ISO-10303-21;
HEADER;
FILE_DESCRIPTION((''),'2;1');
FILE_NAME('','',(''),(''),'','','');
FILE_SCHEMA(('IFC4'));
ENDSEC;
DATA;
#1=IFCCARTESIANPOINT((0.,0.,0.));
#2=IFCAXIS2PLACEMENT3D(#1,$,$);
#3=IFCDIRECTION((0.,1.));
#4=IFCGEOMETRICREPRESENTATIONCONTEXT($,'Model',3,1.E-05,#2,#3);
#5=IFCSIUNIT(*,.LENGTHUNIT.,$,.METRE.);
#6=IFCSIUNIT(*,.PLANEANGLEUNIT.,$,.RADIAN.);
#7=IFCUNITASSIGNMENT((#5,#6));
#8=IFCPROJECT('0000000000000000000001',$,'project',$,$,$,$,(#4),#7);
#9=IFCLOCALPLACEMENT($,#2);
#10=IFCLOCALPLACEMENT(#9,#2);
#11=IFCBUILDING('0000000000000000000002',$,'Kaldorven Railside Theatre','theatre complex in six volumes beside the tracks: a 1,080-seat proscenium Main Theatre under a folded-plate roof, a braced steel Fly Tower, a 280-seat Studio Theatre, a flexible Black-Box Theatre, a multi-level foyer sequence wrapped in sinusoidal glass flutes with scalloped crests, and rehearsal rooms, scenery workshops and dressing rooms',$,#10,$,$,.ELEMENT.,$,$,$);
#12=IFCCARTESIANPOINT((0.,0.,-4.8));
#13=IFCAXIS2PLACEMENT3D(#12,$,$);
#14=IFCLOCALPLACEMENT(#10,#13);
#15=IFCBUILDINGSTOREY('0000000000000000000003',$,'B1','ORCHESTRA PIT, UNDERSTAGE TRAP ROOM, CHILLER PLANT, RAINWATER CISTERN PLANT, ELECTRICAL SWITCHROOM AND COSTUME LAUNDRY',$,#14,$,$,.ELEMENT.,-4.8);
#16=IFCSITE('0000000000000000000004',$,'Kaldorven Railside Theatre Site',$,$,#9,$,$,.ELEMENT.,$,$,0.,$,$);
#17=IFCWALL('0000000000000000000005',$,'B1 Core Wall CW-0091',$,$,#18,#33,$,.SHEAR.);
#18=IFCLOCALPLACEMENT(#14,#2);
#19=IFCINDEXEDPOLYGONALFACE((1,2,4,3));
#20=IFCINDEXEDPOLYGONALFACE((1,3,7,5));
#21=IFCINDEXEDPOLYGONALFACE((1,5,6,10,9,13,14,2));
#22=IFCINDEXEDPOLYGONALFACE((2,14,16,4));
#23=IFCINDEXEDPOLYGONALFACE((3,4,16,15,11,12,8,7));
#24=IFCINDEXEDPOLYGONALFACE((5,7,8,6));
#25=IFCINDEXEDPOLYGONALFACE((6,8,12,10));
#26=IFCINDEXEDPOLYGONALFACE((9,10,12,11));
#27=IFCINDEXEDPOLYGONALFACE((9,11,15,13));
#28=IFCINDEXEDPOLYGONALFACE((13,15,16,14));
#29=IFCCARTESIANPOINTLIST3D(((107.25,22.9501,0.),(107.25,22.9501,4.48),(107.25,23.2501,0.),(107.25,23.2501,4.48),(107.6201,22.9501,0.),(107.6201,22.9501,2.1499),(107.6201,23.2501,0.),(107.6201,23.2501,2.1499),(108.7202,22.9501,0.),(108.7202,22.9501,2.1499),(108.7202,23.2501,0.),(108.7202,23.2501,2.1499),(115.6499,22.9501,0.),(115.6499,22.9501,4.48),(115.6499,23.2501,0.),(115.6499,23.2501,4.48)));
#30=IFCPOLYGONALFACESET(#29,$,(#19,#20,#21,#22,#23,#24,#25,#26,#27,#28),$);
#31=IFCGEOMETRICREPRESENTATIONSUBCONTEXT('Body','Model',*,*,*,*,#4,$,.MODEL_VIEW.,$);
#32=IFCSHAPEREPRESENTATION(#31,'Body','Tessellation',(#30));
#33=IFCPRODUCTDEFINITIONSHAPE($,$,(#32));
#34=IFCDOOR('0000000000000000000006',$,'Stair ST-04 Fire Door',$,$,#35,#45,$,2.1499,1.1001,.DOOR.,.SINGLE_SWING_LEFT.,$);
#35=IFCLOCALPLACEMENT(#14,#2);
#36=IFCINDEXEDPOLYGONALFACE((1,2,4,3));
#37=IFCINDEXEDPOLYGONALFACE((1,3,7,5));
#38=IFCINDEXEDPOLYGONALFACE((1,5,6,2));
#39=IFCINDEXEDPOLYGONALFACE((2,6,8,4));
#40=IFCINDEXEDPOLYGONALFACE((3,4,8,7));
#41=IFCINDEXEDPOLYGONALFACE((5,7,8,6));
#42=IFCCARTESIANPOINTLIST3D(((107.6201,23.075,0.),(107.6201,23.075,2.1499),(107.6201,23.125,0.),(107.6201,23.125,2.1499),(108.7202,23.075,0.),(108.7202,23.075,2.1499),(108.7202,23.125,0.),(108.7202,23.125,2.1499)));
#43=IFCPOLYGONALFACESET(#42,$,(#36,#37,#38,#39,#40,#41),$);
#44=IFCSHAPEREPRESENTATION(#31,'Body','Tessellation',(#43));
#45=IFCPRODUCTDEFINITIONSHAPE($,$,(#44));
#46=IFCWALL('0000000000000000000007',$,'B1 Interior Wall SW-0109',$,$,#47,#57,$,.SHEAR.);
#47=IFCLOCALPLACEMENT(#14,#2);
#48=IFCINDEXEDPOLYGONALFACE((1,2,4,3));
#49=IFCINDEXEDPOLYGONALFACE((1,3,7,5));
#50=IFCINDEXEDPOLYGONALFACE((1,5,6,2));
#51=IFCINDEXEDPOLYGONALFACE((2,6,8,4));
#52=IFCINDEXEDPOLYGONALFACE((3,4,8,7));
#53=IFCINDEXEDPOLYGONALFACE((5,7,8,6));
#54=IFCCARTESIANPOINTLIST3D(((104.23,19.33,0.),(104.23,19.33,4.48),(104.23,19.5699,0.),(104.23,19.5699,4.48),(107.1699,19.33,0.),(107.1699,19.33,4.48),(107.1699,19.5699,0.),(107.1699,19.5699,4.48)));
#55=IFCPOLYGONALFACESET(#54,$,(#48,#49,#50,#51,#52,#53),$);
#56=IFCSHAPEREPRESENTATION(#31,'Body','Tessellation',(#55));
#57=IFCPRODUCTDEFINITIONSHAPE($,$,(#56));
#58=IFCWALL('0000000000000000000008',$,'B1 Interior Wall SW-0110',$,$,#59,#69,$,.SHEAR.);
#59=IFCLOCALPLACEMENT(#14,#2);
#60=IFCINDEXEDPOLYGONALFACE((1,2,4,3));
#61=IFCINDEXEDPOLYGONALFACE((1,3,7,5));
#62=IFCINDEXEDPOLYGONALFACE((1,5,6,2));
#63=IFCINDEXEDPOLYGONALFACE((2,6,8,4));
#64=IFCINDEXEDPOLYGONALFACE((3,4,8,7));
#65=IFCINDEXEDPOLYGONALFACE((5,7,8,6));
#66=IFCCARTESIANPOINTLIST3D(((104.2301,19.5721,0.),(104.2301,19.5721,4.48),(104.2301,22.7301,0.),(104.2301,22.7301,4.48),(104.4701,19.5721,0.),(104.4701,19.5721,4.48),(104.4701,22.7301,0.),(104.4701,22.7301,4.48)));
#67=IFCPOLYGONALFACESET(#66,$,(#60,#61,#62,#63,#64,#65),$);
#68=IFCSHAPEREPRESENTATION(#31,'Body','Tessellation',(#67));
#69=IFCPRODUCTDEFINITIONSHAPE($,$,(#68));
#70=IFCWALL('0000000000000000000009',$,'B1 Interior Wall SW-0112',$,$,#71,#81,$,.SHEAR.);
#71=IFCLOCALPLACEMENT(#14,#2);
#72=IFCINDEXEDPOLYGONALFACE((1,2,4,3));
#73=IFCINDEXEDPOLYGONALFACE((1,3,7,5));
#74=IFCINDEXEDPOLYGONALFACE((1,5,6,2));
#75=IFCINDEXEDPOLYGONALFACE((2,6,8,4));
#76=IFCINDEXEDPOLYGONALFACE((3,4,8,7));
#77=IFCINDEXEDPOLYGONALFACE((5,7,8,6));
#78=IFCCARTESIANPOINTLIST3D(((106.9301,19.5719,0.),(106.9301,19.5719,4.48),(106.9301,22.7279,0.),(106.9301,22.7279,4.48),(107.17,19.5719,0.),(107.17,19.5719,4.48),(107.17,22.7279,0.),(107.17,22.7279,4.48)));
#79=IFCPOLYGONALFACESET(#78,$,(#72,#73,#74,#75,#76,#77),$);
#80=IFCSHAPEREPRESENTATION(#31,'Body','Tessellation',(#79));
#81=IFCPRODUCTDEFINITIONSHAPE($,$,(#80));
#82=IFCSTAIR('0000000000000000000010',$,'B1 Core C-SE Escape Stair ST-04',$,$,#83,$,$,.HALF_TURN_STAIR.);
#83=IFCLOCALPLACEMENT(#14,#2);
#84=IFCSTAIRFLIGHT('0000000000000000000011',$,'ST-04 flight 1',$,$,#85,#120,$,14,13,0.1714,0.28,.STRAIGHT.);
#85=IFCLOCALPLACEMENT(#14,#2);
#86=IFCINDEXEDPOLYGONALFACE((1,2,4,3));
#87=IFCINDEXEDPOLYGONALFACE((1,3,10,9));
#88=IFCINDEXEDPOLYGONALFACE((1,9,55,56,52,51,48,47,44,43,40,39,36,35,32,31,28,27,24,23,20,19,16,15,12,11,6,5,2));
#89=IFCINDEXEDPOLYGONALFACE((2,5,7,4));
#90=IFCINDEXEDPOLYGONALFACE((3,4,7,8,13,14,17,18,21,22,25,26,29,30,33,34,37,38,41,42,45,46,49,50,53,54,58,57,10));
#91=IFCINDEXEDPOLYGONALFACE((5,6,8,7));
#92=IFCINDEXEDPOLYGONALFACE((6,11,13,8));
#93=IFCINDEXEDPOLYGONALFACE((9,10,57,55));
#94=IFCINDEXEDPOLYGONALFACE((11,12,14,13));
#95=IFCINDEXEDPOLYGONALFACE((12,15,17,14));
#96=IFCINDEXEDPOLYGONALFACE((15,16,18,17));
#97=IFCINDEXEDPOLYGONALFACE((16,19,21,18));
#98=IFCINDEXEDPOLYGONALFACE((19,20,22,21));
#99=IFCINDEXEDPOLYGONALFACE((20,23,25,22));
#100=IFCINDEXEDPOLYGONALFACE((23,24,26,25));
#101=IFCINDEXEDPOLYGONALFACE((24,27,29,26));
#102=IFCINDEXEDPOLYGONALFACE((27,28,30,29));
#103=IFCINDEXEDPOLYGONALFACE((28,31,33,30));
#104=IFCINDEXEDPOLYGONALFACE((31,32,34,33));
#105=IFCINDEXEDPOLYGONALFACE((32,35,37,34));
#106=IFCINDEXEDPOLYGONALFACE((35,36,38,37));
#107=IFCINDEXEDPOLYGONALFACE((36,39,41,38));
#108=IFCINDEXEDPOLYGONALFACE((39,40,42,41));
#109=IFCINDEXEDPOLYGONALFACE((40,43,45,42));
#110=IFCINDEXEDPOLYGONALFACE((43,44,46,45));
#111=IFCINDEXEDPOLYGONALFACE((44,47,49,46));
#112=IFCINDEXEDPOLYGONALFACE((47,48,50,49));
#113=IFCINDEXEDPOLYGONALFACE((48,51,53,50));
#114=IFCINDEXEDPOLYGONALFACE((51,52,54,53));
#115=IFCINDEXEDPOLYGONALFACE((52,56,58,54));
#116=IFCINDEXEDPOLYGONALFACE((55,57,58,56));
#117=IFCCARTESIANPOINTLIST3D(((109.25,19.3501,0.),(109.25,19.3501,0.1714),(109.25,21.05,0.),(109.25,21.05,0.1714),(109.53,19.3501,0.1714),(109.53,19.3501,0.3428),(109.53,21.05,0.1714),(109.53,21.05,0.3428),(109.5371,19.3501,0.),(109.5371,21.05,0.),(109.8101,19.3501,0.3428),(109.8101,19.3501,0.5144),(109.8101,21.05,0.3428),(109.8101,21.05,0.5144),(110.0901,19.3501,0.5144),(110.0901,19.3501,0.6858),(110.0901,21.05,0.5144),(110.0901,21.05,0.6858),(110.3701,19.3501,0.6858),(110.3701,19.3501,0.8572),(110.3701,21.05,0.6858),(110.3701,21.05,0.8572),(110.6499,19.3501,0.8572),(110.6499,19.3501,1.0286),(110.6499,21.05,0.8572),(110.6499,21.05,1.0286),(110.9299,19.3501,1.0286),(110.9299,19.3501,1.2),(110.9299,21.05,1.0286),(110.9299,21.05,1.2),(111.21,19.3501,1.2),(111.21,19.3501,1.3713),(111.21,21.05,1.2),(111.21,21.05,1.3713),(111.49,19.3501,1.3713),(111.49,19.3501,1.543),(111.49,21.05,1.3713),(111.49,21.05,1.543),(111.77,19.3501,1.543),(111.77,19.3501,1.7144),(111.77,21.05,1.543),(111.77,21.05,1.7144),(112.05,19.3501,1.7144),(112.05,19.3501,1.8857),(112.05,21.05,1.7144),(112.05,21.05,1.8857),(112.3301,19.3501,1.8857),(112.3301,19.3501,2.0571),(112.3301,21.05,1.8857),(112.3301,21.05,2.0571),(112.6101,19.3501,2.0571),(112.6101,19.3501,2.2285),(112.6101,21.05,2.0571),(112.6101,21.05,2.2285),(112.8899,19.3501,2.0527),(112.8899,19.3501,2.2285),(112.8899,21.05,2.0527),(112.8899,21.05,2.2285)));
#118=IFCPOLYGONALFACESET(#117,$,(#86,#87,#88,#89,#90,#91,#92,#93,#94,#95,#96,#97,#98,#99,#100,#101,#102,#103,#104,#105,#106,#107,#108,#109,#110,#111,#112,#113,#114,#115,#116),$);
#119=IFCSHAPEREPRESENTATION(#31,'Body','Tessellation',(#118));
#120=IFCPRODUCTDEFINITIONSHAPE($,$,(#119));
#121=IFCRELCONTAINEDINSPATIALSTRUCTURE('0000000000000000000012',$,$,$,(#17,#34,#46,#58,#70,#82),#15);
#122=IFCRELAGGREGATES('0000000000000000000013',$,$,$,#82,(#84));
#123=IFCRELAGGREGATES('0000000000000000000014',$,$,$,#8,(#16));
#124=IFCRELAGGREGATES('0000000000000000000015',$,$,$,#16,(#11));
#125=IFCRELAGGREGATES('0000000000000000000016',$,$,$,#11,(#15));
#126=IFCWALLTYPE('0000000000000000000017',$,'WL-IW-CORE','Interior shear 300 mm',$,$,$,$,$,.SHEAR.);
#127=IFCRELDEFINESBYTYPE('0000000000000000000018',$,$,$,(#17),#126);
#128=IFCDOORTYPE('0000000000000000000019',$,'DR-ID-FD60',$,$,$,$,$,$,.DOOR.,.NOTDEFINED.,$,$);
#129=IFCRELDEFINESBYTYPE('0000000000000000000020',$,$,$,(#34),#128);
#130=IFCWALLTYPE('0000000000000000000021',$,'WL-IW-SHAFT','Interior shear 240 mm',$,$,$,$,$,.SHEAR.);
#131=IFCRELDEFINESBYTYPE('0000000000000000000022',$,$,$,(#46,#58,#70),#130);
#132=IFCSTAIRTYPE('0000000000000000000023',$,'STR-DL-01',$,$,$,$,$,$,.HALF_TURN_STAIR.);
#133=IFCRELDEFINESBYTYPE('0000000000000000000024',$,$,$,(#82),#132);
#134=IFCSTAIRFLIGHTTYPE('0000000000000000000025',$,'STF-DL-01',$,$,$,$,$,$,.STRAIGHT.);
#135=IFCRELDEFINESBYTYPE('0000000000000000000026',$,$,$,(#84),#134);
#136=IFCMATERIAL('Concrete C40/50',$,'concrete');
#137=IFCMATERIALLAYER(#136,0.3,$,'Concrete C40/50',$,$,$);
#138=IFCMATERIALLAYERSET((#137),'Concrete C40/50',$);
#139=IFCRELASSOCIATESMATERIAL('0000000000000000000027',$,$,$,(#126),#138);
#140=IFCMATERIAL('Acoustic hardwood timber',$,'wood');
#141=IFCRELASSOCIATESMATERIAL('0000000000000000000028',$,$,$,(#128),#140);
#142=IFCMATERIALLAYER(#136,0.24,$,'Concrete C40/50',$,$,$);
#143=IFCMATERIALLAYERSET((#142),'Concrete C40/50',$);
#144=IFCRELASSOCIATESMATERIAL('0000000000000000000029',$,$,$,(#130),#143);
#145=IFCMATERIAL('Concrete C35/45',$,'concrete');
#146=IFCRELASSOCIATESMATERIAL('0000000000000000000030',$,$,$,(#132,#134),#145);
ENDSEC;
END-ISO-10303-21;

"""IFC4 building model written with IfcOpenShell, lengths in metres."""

from ifc_helpers import new_model, si_unit, direction, frame, frame_2d, origin, place, context, subcontext, project, spatial, polyline, rectangle, outline, extrude, material, layer, layer_set, type_object, element, fill, aggregate, save


model = new_model("IFC4")

# Units and contexts
model_context = context("Model", 3, precision=1e-05, world=origin(), true_north=direction((0.0, 1.0)))
body_context = subcontext(model_context, "Body", "Model", "MODEL_VIEW")
ifc_project = project(units=[si_unit("LENGTHUNIT", "METRE"), si_unit("PLANEANGLEUNIT", "RADIAN")], contexts=[model_context])

# Site, building, storey
site_placement = place(None, origin())
site = spatial("IfcSite", under=ifc_project, at=site_placement, Name="Kaldorven Railside Theatre Site", CompositionType="ELEMENT", RefElevation=0.0)
building_placement = place(site_placement, origin())
building = spatial("IfcBuilding", under=site, at=building_placement, Name="Kaldorven Railside Theatre", Description="theatre complex in six volumes beside the tracks: a 1,080-seat proscenium Main Theatre under a folded-plate roof, a braced steel Fly Tower, a 280-seat Studio Theatre, a flexible Black-Box Theatre, a multi-level foyer sequence wrapped in sinusoidal glass flutes with scalloped crests, and rehearsal rooms, scenery workshops and dressing rooms", CompositionType="ELEMENT")
storey_placement = place(building_placement, frame((0.0, 0.0, -4.8)))
storey = spatial("IfcBuildingStorey", under=building, at=storey_placement, Name="B1", Description="ORCHESTRA PIT, UNDERSTAGE TRAP ROOM, CHILLER PLANT, RAINWATER CISTERN PLANT, ELECTRICAL SWITCHROOM AND COSTUME LAUNDRY", CompositionType="ELEMENT", Elevation=-4.8)

# Shared definitions
ifc_material_1 = material(Name="Concrete C40/50", Category="concrete")

# Shared definitions
ifc_material_2 = material(Name="Concrete C35/45", Category="concrete")

# Shared definitions
ifc_layer_1 = layer(ifc_material_1, 0.3, Name="Concrete C40/50")
ifc_layer_set_1 = layer_set([ifc_layer_1], Name="Concrete C40/50")
wall_type_1 = type_object("IfcWallType", Name="WL-IW-CORE", Description="Interior shear 300 mm", PredefinedType="SHEAR", material=ifc_layer_set_1)

# Wall, opening, door
wall_1_placement = place(storey_placement, frame((107.25, 23.1001, 0.0), z_axis=(0.0, 0.0, 1.0), x_axis=(1.0, 0.0, 0.0)))
wall_1 = element("IfcWall", 1, at=wall_1_placement, inside=storey, type_object=wall_type_1, Name="B1 Core Wall CW-0091", PredefinedType="SHEAR", context=body_context, shape_type="SweptSolid", body=[
    extrude(rectangle(XDim=8.3999, YDim=0.3, at=frame_2d((4.2, 0.0))), origin(), (0.0, 0.0, 1.0), 4.48),
])
opening_1_placement = place(wall_1_placement, frame((0.3701, 0.0, 0.0)))
opening_1 = element("IfcOpeningElement", 2, at=opening_1_placement, cuts=wall_1, PredefinedType="OPENING", context=body_context, shape_type="SweptSolid", body=[
    extrude(rectangle(XDim=1.1001, YDim=2.1499, at=frame_2d((0.55, 1.075))), frame((0.0, 0.1602, 0.0), z_axis=(0.0, -1.0, 0.0), x_axis=(1.0, 0.0, 0.0)), (0.0, 0.0, 1.0), 0.3201),
])
ifc_material_3 = material(Name="Acoustic hardwood timber", Category="wood")
door_type_1 = type_object("IfcDoorType", Name="DR-ID-FD60", OperationType="NOTDEFINED", PredefinedType="DOOR", material=ifc_material_3)
door_1_placement = place(opening_1_placement, origin())
door_1 = element("IfcDoor", 3, at=door_1_placement, inside=storey, type_object=door_type_1, Name="Stair ST-04 Fire Door", OperationType="SINGLE_SWING_LEFT", OverallHeight=2.1499, OverallWidth=1.1001, PredefinedType="DOOR", context=body_context, shape_type="SweptSolid", body=[
    extrude(rectangle(XDim=1.1001, YDim=2.1499, at=frame_2d((0.55, 1.075))), frame((0.0, 0.0249, 0.0), z_axis=(0.0, -1.0, 0.0), x_axis=(1.0, 0.0, 0.0)), (0.0, 0.0, 1.0), 0.05),
])
fill(opening_1, door_1)

# Walls
ifc_layer_2 = layer(ifc_material_1, 0.24, Name="Concrete C40/50")
ifc_layer_set_2 = layer_set([ifc_layer_2], Name="Concrete C40/50")
wall_type_2 = type_object("IfcWallType", Name="WL-IW-SHAFT", Description="Interior shear 240 mm", PredefinedType="SHEAR", material=ifc_layer_set_2)
wall_2_placement = place(storey_placement, frame((107.1699, 19.45, 0.0), z_axis=(0.0, 0.0, 1.0), x_axis=(-1.0, 0.0, 0.0)))
element("IfcWall", 4, at=wall_2_placement, inside=storey, type_object=wall_type_2, Name="B1 Interior Wall SW-0109", PredefinedType="SHEAR", context=body_context, shape_type="SweptSolid", body=[
    extrude(rectangle(XDim=2.9399, YDim=0.24, at=frame_2d((1.47, 0.0))), origin(), (0.0, 0.0, 1.0), 4.48),
])
wall_3_placement = place(storey_placement, frame((104.3501, 19.572, 0.0), z_axis=(0.0, 0.0, 1.0), x_axis=(0.0, 1.0, 0.0)))
element("IfcWall", 5, at=wall_3_placement, inside=storey, type_object=wall_type_2, Name="B1 Interior Wall SW-0110", PredefinedType="SHEAR", context=body_context, shape_type="SweptSolid", body=[
    extrude(rectangle(XDim=3.158, YDim=0.24, at=frame_2d((1.5791, 0.0))), origin(), (0.0, 0.0, 1.0), 4.48),
])

# Wall
wall_4_placement = place(storey_placement, frame((107.05, 22.728, 0.0), z_axis=(0.0, 0.0, 1.0), x_axis=(0.0, -1.0, 0.0)))
element("IfcWall", 6, at=wall_4_placement, inside=storey, type_object=wall_type_2, Name="B1 Interior Wall SW-0112", PredefinedType="SHEAR", context=body_context, shape_type="SweptSolid", body=[
    extrude(rectangle(XDim=3.156, YDim=0.24, at=frame_2d((1.5781, 0.0))), origin(), (0.0, 0.0, 1.0), 4.48),
])

# Stair, stair flight
stair_type = type_object("IfcStairType", Name="STR-DL-01", PredefinedType="HALF_TURN_STAIR", material=ifc_material_2)
stair_placement = place(storey_placement, origin())
stair = element("IfcStair", 7, at=stair_placement, inside=storey, type_object=stair_type, Name="B1 Core C-SE Escape Stair ST-04", PredefinedType="HALF_TURN_STAIR")
stair_flight_type = type_object("IfcStairFlightType", Name="STF-DL-01", PredefinedType="STRAIGHT", material=ifc_material_2)
stair_flight_placement = place(storey_placement, frame((109.25, 20.2, 0.0), z_axis=(0.0, 0.0, 1.0), x_axis=(1.0, 0.0, 0.0)))
stair_flight = element("IfcStairFlight", 8, at=stair_flight_placement, type_object=stair_flight_type, Name="ST-04 flight 1", NumberOfRisers=14, NumberOfTreads=13, PredefinedType="STRAIGHT", RiserHeight=0.1714, TreadLength=0.28, context=body_context, shape_type="SweptSolid", body=[
    extrude(outline(polyline([(0.0, 0.0), (0.0, 0.1714), (0.28, 0.1714), (0.28, 0.3428), (0.5601, 0.3428), (0.5601, 0.5144), (0.8401, 0.5144), (0.8401, 0.6858), (1.1201, 0.6858), (1.1201, 0.8572), (1.3999, 0.8572), (1.3999, 1.0286), (1.6799, 1.0286), (1.6799, 1.2), (1.96, 1.2), (1.96, 1.3713), (2.24, 1.3713), (2.24, 1.543), (2.52, 1.543), (2.52, 1.7144), (2.8, 1.7144), (2.8, 1.8857), (3.0801, 1.8857), (3.0801, 2.0571), (3.3601, 2.0571), (3.3601, 2.2285), (3.6399, 2.2285), (3.6399, 2.3999), (3.6399, 2.0527), (0.2871, 0.0), (0.0, 0.0)])), frame((0.0, 0.8501, 0.0), z_axis=(0.0, -1.0, 0.0), x_axis=(1.0, 0.0, 0.0)), (0.0, 0.0, 1.0), 1.7),
])
aggregate(stair, [stair_flight])

save(model, "model.ifc")
